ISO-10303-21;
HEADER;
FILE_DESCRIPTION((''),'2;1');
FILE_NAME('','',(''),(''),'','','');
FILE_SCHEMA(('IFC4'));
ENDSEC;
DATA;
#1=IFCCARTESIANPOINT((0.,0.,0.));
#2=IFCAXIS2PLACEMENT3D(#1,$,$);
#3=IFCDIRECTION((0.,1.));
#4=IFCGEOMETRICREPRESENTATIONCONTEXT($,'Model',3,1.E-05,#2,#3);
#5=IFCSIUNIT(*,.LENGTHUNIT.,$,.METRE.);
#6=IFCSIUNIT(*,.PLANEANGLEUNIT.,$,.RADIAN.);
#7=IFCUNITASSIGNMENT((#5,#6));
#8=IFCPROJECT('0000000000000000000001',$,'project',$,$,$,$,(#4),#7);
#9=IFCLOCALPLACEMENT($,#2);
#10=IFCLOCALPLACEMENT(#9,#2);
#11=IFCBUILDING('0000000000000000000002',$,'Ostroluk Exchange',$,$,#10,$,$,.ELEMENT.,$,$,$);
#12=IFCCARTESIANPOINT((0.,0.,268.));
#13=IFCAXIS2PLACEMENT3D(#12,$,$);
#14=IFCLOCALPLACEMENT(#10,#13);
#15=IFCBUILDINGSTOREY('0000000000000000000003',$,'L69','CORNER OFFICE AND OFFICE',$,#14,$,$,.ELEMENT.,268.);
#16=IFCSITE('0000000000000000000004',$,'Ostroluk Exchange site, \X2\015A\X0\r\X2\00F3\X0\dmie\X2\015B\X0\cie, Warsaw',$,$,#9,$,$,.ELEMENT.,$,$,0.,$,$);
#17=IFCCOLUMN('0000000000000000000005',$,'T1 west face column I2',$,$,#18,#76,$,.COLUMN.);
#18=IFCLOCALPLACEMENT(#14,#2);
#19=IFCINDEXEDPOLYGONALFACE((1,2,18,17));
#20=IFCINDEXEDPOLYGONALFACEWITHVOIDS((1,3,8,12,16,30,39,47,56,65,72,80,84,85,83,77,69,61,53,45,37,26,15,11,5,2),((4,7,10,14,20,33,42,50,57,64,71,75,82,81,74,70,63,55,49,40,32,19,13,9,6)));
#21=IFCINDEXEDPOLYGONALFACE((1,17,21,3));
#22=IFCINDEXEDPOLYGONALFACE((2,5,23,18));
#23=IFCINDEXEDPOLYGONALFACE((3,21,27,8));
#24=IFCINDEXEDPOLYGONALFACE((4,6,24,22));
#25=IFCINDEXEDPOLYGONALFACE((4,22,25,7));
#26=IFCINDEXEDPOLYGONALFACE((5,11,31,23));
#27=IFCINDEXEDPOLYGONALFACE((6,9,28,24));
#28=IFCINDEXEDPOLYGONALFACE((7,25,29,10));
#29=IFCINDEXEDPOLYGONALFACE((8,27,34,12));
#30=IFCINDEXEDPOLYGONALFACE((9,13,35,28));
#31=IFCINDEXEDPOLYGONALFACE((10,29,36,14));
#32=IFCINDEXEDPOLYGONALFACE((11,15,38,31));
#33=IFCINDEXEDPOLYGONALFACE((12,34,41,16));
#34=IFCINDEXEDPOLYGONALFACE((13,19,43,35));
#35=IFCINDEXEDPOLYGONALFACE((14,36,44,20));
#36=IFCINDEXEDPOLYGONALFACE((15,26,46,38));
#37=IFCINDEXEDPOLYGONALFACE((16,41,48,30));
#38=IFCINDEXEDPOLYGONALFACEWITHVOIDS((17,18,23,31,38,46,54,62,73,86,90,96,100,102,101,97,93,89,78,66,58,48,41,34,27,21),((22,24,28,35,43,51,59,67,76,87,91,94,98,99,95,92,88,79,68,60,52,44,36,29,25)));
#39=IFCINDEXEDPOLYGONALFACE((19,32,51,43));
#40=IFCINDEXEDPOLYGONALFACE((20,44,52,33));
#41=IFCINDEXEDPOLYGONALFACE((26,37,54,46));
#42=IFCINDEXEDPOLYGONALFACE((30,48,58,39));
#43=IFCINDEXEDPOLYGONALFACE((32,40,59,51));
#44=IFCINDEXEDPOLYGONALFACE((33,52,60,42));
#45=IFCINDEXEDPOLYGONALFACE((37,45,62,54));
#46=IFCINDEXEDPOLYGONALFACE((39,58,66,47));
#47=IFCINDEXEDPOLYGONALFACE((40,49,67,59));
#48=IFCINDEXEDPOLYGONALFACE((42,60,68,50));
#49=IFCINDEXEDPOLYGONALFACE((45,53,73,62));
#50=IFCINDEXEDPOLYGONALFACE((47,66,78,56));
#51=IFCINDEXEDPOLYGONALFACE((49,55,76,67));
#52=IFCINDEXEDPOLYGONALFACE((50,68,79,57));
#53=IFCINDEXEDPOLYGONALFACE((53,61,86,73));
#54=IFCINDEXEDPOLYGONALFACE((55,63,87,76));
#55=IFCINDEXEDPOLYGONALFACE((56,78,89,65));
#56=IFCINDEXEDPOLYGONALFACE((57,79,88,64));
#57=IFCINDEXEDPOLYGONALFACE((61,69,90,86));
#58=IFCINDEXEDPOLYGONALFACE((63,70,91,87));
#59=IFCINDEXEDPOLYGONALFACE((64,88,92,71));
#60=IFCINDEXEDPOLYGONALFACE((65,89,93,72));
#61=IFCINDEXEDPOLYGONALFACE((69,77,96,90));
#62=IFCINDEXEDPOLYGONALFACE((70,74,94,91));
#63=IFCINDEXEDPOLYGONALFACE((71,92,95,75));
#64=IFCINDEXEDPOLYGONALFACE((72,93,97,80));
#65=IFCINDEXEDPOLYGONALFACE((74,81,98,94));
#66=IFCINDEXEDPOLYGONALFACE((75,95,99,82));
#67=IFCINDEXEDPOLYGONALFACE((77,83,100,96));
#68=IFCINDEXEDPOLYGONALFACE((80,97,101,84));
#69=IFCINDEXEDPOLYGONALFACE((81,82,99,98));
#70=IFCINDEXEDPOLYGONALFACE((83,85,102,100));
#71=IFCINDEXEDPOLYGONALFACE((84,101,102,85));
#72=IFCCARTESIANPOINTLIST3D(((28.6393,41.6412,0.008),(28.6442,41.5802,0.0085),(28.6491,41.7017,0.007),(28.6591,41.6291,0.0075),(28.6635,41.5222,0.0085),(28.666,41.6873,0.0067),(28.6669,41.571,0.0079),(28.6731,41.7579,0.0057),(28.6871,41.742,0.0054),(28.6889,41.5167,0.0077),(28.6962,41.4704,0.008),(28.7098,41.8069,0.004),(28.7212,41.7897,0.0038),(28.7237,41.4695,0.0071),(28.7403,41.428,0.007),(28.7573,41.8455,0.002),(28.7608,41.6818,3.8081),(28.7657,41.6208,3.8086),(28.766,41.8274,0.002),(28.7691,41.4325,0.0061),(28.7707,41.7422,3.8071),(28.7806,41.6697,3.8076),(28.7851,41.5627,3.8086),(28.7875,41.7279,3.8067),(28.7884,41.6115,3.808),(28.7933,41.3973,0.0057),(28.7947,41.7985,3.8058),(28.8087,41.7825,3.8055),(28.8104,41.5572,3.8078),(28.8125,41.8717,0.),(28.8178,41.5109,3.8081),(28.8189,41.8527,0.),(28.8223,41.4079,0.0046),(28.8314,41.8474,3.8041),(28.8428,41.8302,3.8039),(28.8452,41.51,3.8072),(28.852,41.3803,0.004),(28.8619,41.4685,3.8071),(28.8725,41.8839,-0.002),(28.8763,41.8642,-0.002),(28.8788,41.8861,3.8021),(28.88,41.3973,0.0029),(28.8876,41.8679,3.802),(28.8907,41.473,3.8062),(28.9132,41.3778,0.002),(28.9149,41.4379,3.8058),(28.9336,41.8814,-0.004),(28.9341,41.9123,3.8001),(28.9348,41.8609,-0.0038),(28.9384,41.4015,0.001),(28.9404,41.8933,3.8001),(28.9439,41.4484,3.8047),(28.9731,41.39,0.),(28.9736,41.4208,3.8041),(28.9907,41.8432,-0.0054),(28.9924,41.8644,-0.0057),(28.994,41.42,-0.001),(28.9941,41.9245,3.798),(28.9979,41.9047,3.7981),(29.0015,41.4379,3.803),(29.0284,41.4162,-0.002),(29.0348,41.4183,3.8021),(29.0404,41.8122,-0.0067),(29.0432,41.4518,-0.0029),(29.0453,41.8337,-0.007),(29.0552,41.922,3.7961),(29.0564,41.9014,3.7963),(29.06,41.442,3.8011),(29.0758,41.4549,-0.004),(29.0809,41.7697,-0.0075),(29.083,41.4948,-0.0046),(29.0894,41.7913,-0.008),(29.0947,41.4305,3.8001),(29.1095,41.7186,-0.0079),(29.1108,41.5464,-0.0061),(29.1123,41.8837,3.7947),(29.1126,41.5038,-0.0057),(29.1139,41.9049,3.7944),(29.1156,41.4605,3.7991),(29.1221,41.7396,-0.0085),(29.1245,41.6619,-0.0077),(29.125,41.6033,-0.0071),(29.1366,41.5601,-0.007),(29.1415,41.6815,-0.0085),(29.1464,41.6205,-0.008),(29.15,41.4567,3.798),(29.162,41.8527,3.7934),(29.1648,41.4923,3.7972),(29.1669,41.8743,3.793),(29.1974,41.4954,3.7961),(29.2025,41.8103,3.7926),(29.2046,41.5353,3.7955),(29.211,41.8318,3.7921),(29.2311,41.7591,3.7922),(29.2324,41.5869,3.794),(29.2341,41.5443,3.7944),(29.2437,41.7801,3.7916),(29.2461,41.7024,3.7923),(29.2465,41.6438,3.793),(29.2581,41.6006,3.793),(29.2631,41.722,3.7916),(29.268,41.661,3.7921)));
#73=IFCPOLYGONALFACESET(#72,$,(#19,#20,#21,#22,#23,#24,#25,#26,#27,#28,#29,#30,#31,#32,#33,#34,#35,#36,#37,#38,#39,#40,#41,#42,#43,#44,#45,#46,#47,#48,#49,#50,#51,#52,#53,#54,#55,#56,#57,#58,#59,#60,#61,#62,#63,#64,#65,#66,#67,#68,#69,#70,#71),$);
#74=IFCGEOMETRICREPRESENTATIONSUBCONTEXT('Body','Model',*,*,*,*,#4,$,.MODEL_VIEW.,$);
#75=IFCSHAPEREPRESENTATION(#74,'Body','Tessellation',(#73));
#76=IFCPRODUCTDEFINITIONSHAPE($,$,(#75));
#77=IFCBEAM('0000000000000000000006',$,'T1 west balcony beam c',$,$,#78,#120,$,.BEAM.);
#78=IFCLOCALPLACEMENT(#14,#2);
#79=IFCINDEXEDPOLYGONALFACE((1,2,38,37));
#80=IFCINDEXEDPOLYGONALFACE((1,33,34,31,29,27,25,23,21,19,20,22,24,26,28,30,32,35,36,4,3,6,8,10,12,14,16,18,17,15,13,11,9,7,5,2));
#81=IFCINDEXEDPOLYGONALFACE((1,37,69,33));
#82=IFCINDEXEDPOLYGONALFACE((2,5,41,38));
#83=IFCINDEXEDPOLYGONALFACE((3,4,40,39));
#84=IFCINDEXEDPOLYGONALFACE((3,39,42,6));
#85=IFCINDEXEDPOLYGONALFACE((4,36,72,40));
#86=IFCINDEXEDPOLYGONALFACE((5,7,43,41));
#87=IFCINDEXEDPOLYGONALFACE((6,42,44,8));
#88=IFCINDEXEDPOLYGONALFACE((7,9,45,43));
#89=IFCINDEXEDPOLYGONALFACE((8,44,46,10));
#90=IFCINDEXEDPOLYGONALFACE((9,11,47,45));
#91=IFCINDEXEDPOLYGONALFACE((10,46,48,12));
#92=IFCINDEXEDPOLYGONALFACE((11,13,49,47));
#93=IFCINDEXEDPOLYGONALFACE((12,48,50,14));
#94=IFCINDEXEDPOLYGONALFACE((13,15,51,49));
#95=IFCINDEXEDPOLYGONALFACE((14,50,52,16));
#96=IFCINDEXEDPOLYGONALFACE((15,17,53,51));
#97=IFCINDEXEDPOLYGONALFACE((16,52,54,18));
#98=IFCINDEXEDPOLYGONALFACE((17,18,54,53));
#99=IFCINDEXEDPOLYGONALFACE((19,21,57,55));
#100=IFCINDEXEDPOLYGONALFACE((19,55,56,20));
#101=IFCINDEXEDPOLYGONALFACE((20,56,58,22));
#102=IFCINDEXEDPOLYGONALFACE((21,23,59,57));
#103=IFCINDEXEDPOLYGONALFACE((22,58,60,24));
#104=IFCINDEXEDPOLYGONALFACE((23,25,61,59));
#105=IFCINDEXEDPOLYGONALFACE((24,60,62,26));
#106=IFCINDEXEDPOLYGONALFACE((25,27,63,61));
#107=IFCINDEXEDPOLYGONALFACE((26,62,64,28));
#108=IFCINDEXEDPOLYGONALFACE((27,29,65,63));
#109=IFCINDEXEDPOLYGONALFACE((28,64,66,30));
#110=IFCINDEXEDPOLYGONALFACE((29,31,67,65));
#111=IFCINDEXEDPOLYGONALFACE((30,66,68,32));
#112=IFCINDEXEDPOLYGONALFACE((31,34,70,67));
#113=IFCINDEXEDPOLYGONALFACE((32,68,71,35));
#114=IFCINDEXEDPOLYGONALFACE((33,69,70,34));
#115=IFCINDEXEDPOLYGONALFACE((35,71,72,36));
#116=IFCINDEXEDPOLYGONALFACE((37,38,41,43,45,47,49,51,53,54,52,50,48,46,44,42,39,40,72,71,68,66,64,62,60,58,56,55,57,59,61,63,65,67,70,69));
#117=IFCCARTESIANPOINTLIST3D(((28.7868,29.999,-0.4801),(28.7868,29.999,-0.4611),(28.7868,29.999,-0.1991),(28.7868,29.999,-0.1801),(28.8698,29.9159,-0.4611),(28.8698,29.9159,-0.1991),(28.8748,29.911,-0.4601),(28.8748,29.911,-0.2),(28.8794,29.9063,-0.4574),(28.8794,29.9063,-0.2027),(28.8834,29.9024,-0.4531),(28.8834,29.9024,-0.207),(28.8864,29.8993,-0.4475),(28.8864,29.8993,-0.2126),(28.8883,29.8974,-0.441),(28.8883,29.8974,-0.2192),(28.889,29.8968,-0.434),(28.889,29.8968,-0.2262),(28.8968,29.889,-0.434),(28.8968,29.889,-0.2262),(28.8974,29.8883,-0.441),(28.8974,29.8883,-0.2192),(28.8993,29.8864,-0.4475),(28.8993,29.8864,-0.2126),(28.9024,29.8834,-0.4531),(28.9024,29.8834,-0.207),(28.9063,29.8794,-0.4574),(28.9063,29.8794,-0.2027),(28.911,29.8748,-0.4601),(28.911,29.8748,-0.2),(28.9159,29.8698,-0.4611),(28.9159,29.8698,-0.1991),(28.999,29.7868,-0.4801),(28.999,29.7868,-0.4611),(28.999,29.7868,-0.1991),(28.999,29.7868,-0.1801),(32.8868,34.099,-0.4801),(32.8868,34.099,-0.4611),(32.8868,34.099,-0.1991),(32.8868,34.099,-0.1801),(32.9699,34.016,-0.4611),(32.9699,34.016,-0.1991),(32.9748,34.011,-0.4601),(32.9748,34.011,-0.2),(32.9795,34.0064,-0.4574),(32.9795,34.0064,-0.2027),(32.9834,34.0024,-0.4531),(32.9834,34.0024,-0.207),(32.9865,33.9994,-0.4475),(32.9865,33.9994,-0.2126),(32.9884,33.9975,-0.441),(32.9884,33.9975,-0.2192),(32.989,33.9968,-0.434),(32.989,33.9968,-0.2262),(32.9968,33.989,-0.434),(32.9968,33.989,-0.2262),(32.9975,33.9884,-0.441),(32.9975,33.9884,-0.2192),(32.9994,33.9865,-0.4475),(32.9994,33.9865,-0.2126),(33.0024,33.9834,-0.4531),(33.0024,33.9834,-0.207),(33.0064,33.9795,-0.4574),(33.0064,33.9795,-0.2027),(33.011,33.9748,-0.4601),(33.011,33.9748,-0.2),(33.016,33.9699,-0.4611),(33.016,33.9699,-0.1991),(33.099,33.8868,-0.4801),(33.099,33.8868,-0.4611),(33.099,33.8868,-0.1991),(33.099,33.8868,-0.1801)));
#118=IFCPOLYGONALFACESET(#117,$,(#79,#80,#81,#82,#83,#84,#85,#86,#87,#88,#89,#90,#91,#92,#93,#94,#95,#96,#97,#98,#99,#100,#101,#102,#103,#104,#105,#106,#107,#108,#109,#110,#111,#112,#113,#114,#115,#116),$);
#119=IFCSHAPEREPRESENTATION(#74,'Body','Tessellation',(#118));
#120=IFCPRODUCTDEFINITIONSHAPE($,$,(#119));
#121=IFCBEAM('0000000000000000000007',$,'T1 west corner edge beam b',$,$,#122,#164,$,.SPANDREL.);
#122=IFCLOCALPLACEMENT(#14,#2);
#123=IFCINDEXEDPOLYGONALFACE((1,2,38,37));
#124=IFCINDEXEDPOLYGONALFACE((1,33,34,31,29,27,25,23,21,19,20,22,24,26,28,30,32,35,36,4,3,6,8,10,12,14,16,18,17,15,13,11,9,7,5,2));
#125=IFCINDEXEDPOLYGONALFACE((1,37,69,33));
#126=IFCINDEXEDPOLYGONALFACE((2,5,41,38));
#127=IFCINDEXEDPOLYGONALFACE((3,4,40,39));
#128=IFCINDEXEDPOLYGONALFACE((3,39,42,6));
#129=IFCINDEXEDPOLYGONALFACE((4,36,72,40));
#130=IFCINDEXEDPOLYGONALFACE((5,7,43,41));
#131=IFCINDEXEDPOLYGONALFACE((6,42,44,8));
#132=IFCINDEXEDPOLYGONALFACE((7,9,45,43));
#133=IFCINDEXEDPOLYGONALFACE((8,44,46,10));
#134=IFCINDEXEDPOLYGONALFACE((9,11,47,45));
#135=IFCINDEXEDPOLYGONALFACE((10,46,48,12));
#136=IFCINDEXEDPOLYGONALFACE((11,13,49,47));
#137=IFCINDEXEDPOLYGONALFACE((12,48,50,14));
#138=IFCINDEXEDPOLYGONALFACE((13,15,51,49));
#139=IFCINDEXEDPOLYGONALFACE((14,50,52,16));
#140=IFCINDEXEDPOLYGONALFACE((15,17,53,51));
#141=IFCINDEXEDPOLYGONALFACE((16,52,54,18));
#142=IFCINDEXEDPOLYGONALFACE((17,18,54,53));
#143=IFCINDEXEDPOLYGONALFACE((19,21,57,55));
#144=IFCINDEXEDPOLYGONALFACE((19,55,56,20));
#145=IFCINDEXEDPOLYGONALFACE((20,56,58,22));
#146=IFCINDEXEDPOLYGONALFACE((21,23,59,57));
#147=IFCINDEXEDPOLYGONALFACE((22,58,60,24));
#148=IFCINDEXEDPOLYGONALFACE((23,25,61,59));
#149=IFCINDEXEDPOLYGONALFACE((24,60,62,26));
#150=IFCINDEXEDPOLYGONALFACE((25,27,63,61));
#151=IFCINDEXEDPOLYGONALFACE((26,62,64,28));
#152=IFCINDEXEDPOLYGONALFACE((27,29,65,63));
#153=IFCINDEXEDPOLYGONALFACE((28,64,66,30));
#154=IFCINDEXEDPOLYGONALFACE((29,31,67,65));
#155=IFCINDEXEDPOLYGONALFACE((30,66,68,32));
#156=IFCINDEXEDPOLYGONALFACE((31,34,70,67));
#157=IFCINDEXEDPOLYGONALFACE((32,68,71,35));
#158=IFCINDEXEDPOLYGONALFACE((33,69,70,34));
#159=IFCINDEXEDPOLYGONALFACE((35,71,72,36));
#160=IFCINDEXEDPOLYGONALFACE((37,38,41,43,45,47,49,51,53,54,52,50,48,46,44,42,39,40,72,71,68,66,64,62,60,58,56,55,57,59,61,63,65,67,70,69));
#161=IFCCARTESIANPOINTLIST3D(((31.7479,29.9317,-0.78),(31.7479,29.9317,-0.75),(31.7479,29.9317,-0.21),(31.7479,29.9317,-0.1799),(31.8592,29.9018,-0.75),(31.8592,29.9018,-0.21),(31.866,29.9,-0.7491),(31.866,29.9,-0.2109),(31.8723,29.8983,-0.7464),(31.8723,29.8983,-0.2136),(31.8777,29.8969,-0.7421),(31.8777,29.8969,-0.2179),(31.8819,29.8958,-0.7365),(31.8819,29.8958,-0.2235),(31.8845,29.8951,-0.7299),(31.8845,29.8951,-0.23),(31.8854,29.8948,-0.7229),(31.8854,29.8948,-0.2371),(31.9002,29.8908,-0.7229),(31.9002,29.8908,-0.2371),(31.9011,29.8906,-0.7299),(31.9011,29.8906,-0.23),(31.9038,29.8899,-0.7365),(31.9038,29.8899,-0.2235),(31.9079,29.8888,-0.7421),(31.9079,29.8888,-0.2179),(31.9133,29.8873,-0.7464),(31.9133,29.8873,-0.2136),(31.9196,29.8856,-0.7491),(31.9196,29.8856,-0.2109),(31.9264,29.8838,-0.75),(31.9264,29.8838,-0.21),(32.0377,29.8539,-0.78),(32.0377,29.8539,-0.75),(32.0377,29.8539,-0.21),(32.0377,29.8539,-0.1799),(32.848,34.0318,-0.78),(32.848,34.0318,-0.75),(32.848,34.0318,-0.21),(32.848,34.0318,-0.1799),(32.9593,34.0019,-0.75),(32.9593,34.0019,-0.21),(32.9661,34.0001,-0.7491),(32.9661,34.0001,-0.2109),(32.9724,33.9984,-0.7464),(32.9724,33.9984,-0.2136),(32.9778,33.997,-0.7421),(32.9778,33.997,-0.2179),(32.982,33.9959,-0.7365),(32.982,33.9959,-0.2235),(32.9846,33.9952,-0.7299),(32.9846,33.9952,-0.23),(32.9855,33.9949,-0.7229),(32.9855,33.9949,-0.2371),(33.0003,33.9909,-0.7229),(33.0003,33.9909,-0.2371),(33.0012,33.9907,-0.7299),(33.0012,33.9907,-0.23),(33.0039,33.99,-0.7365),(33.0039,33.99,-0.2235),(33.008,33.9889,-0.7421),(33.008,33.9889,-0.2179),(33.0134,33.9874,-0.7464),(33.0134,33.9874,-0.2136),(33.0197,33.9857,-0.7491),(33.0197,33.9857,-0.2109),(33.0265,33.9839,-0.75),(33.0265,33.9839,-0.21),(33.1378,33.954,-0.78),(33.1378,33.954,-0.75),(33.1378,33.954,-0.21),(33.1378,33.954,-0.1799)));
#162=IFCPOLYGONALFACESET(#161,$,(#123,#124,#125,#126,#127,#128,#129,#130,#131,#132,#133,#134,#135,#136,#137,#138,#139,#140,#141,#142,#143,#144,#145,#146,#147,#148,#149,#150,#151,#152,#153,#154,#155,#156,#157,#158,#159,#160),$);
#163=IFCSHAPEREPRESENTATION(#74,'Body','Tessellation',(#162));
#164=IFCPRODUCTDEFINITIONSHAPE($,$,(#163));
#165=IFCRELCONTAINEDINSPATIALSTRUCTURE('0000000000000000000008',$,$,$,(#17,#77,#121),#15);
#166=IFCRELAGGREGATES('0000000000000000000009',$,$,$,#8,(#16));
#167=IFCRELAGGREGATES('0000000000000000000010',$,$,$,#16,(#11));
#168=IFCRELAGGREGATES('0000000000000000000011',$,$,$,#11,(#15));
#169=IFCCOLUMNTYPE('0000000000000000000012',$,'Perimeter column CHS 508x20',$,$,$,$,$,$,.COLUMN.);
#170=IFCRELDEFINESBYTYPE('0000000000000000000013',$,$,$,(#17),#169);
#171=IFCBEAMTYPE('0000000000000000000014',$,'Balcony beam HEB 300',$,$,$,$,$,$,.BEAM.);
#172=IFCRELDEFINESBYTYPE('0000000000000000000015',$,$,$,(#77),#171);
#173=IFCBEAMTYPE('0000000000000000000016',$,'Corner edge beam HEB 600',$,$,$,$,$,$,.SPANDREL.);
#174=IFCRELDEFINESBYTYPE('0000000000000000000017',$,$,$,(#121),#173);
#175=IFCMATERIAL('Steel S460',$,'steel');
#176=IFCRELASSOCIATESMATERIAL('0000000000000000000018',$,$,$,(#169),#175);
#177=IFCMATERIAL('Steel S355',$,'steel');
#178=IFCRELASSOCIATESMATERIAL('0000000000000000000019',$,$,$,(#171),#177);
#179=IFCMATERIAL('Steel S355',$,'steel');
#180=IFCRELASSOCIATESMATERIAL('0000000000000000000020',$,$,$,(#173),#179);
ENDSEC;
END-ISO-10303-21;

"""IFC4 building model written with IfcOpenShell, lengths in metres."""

from ifc_helpers import new_model, si_unit, direction, frame, origin, origin_2d, place, context, subcontext, project, spatial, hollow_circle, i_section, extrude, material, material_profile, profile_set, type_object, element, save


model = new_model("IFC4")

# Units and contexts
model_context = context("Model", 3, precision=1e-05, world=origin(), true_north=direction((0.0, 1.0)))
body_context = subcontext(model_context, "Body", "Model", "MODEL_VIEW")
ifc_project = project(units=[si_unit("LENGTHUNIT", "METRE"), si_unit("PLANEANGLEUNIT", "RADIAN")], contexts=[model_context])

# Site, building, storey
site_placement = place(None, origin())
site = spatial("IfcSite", under=ifc_project, at=site_placement, Name="Ostroluk Exchange site, Śródmieście, Warsaw", CompositionType="ELEMENT", RefElevation=0.0)
building_placement = place(site_placement, origin())
building = spatial("IfcBuilding", under=site, at=building_placement, Name="Ostroluk Exchange", CompositionType="ELEMENT")
storey_placement = place(building_placement, frame((0.0, 0.0, 268.0)))
storey = spatial("IfcBuildingStorey", under=building, at=storey_placement, Name="L69", Description="CORNER OFFICE AND OFFICE", CompositionType="ELEMENT", Elevation=268.0)

# Column
ifc_material_1 = material(Name="Steel S460", Category="steel")
ifc_material_profile_1 = material_profile(ifc_material_1, hollow_circle(Radius=0.2539, WallThickness=0.02, at=origin_2d()), Name="CHS 508x20")
ifc_profile_set_1 = profile_set([ifc_material_profile_1], Name="Steel S460")
column_type = type_object("IfcColumnType", Name="Perimeter column CHS 508x20", PredefinedType="COLUMN", material=ifc_profile_set_1)
column_placement = place(storey_placement, frame((28.8928, 41.6309, 0.0), z_axis=(0.031977, 0.010659, 0.999432), x_axis=(-0.316228, 0.948683, 0.0)))
element("IfcColumn", 1, at=column_placement, inside=storey, type_object=column_type, Name="T1 west face column I2", PredefinedType="COLUMN", context=body_context, shape_type="SweptSolid", body=[
    extrude(hollow_circle(Radius=0.2539, WallThickness=0.02, at=origin_2d()), origin(), (0.0, 0.0, 1.0), 3.8022),
])

# Beams
ifc_material_2 = material(Name="Steel S355", Category="steel")
ifc_material_profile_2 = material_profile(ifc_material_2, i_section(OverallWidth=0.3, OverallDepth=0.3, WebThickness=0.011, FlangeThickness=0.019, FilletRadius=0.0271, at=origin_2d()), Name="HEB 300")
ifc_profile_set_2 = profile_set([ifc_material_profile_2], Name="Steel S355")
beam_type_1 = type_object("IfcBeamType", Name="Balcony beam HEB 300", PredefinedType="BEAM", material=ifc_profile_set_2)
beam_1_placement = place(storey_placement, frame((32.9929, 33.9929, -0.3301), z_axis=(-0.707107, -0.707107, 0.0), x_axis=(0.707107, -0.707107, 0.0)))
element("IfcBeam", 2, at=beam_1_placement, inside=storey, type_object=beam_type_1, Name="T1 west balcony beam c", PredefinedType="BEAM", context=body_context, shape_type="SweptSolid", body=[
    extrude(i_section(OverallWidth=0.3, OverallDepth=0.3, WebThickness=0.011, FlangeThickness=0.019, FilletRadius=0.0271, at=origin_2d()), origin(), (0.0, 0.0, 1.0), 5.7983),
])
ifc_material_3 = material(Name="Steel S355", Category="steel")
ifc_material_profile_3 = material_profile(ifc_material_3, i_section(OverallWidth=0.3, OverallDepth=0.6001, WebThickness=0.0154, FlangeThickness=0.03, FilletRadius=0.0271, at=origin_2d()), Name="HEB 600")
ifc_profile_set_3 = profile_set([ifc_material_profile_3], Name="Steel S355")
beam_type_2 = type_object("IfcBeamType", Name="Corner edge beam HEB 600", PredefinedType="SPANDREL", material=ifc_profile_set_3)
beam_2_placement = place(storey_placement, frame((32.9929, 33.9929, -0.48), z_axis=(-0.259144, -0.965839, 0.0), x_axis=(0.965839, -0.259144, 0.0)))
element("IfcBeam", 3, at=beam_2_placement, inside=storey, type_object=beam_type_2, Name="T1 west corner edge beam b", PredefinedType="SPANDREL", context=body_context, shape_type="SweptSolid", body=[
    extrude(i_section(OverallWidth=0.3, OverallDepth=0.6001, WebThickness=0.0154, FlangeThickness=0.03, FilletRadius=0.0271, at=origin_2d()), origin(), (0.0, 0.0, 1.0), 4.2451),
])

save(model, "model.ifc")
